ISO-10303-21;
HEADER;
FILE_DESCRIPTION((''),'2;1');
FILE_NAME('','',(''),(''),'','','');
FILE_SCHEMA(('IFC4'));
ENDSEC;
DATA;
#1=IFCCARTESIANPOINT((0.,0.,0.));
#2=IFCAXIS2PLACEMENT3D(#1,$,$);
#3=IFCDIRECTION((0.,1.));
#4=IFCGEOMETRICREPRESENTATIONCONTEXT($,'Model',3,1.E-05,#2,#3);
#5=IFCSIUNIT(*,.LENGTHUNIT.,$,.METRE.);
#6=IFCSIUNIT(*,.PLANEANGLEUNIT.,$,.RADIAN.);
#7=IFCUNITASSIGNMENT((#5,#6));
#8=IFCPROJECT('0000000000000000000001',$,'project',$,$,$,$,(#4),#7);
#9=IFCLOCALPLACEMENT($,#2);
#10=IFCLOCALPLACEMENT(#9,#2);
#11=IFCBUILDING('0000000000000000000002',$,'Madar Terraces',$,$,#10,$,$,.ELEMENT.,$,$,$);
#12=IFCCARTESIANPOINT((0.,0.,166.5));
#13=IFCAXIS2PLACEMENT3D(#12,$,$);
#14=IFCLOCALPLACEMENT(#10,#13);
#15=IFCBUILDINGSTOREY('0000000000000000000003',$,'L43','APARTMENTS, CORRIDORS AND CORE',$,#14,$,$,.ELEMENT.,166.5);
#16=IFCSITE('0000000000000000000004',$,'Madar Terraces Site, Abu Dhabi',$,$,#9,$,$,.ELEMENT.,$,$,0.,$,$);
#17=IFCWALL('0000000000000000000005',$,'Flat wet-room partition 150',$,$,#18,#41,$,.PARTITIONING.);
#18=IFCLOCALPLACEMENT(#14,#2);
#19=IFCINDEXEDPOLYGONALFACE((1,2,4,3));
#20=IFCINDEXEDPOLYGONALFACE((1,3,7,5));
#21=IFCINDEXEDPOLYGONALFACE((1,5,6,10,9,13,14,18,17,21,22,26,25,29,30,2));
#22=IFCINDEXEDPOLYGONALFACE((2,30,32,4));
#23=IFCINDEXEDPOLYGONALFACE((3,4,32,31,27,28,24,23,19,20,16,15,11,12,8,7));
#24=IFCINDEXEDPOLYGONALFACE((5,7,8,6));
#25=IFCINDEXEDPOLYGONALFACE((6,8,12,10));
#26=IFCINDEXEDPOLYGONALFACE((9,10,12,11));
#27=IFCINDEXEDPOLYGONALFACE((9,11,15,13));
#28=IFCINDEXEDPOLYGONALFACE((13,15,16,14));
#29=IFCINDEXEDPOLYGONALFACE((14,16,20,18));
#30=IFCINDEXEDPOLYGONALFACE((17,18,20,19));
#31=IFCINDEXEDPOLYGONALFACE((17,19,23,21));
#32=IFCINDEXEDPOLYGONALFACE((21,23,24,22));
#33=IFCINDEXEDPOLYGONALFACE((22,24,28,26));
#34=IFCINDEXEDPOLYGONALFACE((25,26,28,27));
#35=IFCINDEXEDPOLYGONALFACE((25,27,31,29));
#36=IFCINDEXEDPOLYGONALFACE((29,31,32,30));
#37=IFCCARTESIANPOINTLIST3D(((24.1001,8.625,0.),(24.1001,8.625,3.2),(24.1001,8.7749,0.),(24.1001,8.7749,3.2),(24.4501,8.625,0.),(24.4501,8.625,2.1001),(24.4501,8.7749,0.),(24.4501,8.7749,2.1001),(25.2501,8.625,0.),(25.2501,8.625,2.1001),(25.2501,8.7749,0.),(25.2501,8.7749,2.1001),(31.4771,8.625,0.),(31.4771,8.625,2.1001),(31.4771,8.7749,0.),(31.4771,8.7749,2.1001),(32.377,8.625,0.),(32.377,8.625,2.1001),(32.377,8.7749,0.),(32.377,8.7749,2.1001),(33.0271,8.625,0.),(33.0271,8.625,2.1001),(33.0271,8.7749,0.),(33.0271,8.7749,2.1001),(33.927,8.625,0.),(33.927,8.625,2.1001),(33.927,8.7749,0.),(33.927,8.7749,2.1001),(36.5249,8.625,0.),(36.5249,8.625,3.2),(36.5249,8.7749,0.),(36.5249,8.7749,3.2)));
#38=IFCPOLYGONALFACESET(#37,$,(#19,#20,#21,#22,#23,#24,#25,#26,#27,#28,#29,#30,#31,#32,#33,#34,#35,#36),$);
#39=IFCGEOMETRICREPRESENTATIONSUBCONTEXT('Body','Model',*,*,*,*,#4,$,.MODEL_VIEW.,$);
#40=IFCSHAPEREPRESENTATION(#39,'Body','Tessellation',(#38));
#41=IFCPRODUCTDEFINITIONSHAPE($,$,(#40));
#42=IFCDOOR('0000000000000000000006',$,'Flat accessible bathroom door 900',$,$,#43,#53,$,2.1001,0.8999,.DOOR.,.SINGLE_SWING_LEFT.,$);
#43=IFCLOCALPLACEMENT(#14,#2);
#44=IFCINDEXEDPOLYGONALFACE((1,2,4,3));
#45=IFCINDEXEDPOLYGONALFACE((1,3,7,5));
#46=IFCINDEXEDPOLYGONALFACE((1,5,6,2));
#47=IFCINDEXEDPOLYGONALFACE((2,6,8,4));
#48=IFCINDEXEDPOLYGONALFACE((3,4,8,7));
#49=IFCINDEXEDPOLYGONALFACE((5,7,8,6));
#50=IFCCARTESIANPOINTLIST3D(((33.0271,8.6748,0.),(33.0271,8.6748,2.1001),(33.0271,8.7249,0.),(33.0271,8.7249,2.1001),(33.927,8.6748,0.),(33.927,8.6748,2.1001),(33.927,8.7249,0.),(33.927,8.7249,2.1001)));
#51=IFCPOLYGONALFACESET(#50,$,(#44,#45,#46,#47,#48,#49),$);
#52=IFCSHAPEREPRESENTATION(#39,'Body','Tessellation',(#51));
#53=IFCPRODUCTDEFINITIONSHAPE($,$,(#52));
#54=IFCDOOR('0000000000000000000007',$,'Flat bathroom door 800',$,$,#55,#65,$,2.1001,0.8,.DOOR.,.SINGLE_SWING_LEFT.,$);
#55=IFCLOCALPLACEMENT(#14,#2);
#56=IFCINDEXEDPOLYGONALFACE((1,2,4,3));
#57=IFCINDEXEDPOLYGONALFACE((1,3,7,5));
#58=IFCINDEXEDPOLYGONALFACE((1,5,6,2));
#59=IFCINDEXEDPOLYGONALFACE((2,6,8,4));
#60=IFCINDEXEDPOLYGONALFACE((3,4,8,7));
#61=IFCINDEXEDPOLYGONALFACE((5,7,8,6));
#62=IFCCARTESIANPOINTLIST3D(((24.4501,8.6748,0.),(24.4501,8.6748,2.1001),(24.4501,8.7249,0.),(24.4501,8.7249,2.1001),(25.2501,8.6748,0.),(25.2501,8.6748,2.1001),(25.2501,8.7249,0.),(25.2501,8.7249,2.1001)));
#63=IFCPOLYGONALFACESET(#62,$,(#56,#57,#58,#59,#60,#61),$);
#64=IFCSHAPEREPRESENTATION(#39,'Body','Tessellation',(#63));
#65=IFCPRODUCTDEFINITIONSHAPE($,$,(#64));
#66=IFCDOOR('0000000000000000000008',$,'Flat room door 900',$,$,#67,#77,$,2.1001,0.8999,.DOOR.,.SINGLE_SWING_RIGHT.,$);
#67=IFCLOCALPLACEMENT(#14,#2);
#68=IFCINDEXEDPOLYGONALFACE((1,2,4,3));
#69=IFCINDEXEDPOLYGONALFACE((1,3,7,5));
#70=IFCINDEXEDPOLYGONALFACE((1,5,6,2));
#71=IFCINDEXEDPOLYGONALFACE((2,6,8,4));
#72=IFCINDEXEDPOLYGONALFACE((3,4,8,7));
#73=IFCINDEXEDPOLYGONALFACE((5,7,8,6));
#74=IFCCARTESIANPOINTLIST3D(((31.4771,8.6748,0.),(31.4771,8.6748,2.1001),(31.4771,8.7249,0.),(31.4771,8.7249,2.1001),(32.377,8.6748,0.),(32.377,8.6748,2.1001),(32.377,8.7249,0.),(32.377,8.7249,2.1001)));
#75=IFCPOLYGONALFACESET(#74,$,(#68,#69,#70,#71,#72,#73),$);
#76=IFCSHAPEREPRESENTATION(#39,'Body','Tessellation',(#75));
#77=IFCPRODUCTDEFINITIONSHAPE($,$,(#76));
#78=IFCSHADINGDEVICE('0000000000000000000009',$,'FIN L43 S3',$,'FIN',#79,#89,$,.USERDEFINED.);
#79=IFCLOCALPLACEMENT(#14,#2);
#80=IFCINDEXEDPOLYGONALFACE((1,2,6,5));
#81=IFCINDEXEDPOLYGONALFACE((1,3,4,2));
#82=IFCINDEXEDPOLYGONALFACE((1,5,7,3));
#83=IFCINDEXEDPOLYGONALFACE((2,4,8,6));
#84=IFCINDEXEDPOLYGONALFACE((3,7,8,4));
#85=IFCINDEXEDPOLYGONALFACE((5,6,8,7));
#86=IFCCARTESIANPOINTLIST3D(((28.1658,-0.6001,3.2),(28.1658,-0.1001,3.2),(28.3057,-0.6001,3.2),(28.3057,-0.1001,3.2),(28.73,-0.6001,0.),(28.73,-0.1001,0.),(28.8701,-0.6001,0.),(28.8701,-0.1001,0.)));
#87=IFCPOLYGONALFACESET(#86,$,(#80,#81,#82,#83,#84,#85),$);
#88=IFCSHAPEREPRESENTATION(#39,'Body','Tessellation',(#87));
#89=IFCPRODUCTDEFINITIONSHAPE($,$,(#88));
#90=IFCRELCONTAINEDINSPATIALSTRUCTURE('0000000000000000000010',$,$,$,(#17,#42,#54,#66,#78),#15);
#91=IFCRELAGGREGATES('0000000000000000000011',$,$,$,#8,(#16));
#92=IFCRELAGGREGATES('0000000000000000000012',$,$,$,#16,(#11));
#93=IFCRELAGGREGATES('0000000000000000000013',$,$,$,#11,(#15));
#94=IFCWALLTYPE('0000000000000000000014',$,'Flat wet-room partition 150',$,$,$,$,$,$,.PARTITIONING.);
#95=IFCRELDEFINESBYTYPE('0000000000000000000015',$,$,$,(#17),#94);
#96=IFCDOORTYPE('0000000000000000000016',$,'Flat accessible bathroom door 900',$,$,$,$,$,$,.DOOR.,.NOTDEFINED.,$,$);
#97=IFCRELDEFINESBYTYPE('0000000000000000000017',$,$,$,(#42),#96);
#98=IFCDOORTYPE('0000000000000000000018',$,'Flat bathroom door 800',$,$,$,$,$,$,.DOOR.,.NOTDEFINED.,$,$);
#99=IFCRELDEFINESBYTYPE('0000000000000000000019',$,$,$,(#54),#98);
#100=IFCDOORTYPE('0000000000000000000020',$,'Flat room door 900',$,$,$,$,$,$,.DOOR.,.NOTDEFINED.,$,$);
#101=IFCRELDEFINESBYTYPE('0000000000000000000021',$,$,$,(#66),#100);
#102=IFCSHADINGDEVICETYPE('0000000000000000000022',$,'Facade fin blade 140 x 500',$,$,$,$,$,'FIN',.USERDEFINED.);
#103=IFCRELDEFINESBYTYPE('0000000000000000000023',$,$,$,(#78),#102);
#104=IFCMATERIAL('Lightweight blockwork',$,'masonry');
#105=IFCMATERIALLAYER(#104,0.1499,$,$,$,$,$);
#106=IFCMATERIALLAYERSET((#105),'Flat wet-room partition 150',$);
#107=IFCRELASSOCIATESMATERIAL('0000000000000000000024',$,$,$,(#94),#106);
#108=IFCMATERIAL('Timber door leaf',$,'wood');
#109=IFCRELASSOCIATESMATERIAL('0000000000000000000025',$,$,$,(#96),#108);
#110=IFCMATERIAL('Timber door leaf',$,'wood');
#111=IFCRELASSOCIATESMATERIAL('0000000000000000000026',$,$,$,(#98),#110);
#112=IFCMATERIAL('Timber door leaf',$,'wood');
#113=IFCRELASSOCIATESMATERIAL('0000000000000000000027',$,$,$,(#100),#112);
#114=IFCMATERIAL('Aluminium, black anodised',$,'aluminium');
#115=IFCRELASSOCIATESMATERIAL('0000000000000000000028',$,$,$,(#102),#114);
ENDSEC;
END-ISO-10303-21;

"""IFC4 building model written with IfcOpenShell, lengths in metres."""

from ifc_helpers import new_model, si_unit, direction, frame, frame_2d, origin, place, context, subcontext, project, spatial, polyline, rectangle, outline, extrude, material, layer, layer_set, type_object, element, fill, save


model = new_model("IFC4")

# Units and contexts
model_context = context("Model", 3, precision=1e-05, world=origin(), true_north=direction((0.0, 1.0)))
body_context = subcontext(model_context, "Body", "Model", "MODEL_VIEW")
ifc_project = project(units=[si_unit("LENGTHUNIT", "METRE"), si_unit("PLANEANGLEUNIT", "RADIAN")], contexts=[model_context])

# Site, building, storey
site_placement = place(None, origin())
site = spatial("IfcSite", under=ifc_project, at=site_placement, Name="Madar Terraces Site, Abu Dhabi", CompositionType="ELEMENT", RefElevation=0.0)
building_placement = place(site_placement, origin())
building = spatial("IfcBuilding", under=site, at=building_placement, Name="Madar Terraces", CompositionType="ELEMENT")
storey_placement = place(building_placement, frame((0.0, 0.0, 166.5)))
storey = spatial("IfcBuildingStorey", under=building, at=storey_placement, Name="L43", Description="APARTMENTS, CORRIDORS AND CORE", CompositionType="ELEMENT", Elevation=166.5)

# Wall, openings, doors
ifc_material_1 = material(Name="Lightweight blockwork", Category="masonry")
ifc_layer_1 = layer(ifc_material_1, 0.1499)
ifc_layer_set_1 = layer_set([ifc_layer_1], Name="Flat wet-room partition 150")
wall_type_1 = type_object("IfcWallType", Name="Flat wet-room partition 150", PredefinedType="PARTITIONING", material=ifc_layer_set_1)
wall_1_placement = place(storey_placement, frame((24.1001, 8.7, 0.0), z_axis=(0.0, 0.0, 1.0), x_axis=(1.0, 0.0, 0.0)))
wall_1 = element("IfcWall", 1, at=wall_1_placement, inside=storey, type_object=wall_type_1, Name="Flat wet-room partition 150", PredefinedType="PARTITIONING", context=body_context, shape_type="SweptSolid", body=[
    extrude(rectangle(XDim=12.4248, YDim=0.1499, at=frame_2d((6.2124, 0.0))), origin(), (0.0, 0.0, 1.0), 3.2),
])
opening_1_placement = place(wall_1_placement, frame((8.927, 0.0, 0.0)))
opening_1 = element("IfcOpeningElement", 2, at=opening_1_placement, cuts=wall_1, PredefinedType="OPENING", context=body_context, shape_type="SweptSolid", body=[
    extrude(rectangle(XDim=0.8999, YDim=2.1001, at=frame_2d((0.45, 1.05))), frame((0.0, 0.085, 0.0), z_axis=(0.0, -1.0, 0.0), x_axis=(1.0, 0.0, 0.0)), (0.0, 0.0, 1.0), 0.1699),
])
opening_2_placement = place(wall_1_placement, frame((7.377, 0.0, 0.0)))
opening_2 = element("IfcOpeningElement", 3, at=opening_2_placement, cuts=wall_1, PredefinedType="OPENING", context=body_context, shape_type="SweptSolid", body=[
    extrude(rectangle(XDim=0.8999, YDim=2.1001, at=frame_2d((0.45, 1.05))), frame((0.0, 0.085, 0.0), z_axis=(0.0, -1.0, 0.0), x_axis=(1.0, 0.0, 0.0)), (0.0, 0.0, 1.0), 0.1699),
])
opening_3_placement = place(wall_1_placement, frame((0.3501, 0.0, 0.0)))
opening_3 = element("IfcOpeningElement", 4, at=opening_3_placement, cuts=wall_1, PredefinedType="OPENING", context=body_context, shape_type="SweptSolid", body=[
    extrude(rectangle(XDim=0.8, YDim=2.1001, at=frame_2d((0.3999, 1.05))), frame((0.0, 0.085, 0.0), z_axis=(0.0, -1.0, 0.0), x_axis=(1.0, 0.0, 0.0)), (0.0, 0.0, 1.0), 0.1699),
])
ifc_material_2 = material(Name="Timber door leaf", Category="wood")
door_type_1 = type_object("IfcDoorType", Name="Flat accessible bathroom door 900", OperationType="NOTDEFINED", PredefinedType="DOOR", material=ifc_material_2)
door_1_placement = place(opening_1_placement, origin())
door_1 = element("IfcDoor", 5, at=door_1_placement, inside=storey, type_object=door_type_1, Name="Flat accessible bathroom door 900", OperationType="SINGLE_SWING_LEFT", OverallHeight=2.1001, OverallWidth=0.8999, PredefinedType="DOOR", context=body_context, shape_type="SweptSolid", body=[
    extrude(rectangle(XDim=0.8999, YDim=2.1001, at=frame_2d((0.45, 1.05))), frame((0.0, 0.0249, 0.0), z_axis=(0.0, -1.0, 0.0), x_axis=(1.0, 0.0, 0.0)), (0.0, 0.0, 1.0), 0.05),
])
fill(opening_1, door_1)
ifc_material_3 = material(Name="Timber door leaf", Category="wood")
door_type_2 = type_object("IfcDoorType", Name="Flat bathroom door 800", OperationType="NOTDEFINED", PredefinedType="DOOR", material=ifc_material_3)
door_2_placement = place(opening_3_placement, origin())
door_2 = element("IfcDoor", 6, at=door_2_placement, inside=storey, type_object=door_type_2, Name="Flat bathroom door 800", OperationType="SINGLE_SWING_LEFT", OverallHeight=2.1001, OverallWidth=0.8, PredefinedType="DOOR", context=body_context, shape_type="SweptSolid", body=[
    extrude(rectangle(XDim=0.8, YDim=2.1001, at=frame_2d((0.3999, 1.05))), frame((0.0, 0.0249, 0.0), z_axis=(0.0, -1.0, 0.0), x_axis=(1.0, 0.0, 0.0)), (0.0, 0.0, 1.0), 0.05),
])
fill(opening_3, door_2)
ifc_material_4 = material(Name="Timber door leaf", Category="wood")
door_type_3 = type_object("IfcDoorType", Name="Flat room door 900", OperationType="NOTDEFINED", PredefinedType="DOOR", material=ifc_material_4)
door_3_placement = place(opening_2_placement, origin())
door_3 = element("IfcDoor", 7, at=door_3_placement, inside=storey, type_object=door_type_3, Name="Flat room door 900", OperationType="SINGLE_SWING_RIGHT", OverallHeight=2.1001, OverallWidth=0.8999, PredefinedType="DOOR", context=body_context, shape_type="SweptSolid", body=[
    extrude(rectangle(XDim=0.8999, YDim=2.1001, at=frame_2d((0.45, 1.05))), frame((0.0, 0.0249, 0.0), z_axis=(0.0, -1.0, 0.0), x_axis=(1.0, 0.0, 0.0)), (0.0, 0.0, 1.0), 0.05),
])
fill(opening_2, door_3)

# Shading device
ifc_material_5 = material(Name="Aluminium, black anodised", Category="aluminium")
shading_device_type = type_object("IfcShadingDeviceType", Name="Facade fin blade 140 x 500", ElementType="FIN", PredefinedType="USERDEFINED", material=ifc_material_5)
shading_device_placement = place(storey_placement, frame((28.73, -0.3501, 0.0), z_axis=(0.0, 0.0, 1.0), x_axis=(1.0, 0.0, 0.0)))
element("IfcShadingDevice", 8, at=shading_device_placement, inside=storey, type_object=shading_device_type, Name="FIN L43 S3", ObjectType="FIN", PredefinedType="USERDEFINED", context=body_context, shape_type="SweptSolid", body=[
    extrude(outline(polyline([(0.0, 0.0), (0.1401, 0.0), (-0.4243, 3.2), (-0.5642, 3.2), (0.0, 0.0)])), frame((0.0, 0.25, 0.0), z_axis=(0.0, -1.0, 0.0), x_axis=(1.0, 0.0, 0.0)), (0.0, 0.0, 1.0), 0.5),
])

save(model, "model.ifc")
